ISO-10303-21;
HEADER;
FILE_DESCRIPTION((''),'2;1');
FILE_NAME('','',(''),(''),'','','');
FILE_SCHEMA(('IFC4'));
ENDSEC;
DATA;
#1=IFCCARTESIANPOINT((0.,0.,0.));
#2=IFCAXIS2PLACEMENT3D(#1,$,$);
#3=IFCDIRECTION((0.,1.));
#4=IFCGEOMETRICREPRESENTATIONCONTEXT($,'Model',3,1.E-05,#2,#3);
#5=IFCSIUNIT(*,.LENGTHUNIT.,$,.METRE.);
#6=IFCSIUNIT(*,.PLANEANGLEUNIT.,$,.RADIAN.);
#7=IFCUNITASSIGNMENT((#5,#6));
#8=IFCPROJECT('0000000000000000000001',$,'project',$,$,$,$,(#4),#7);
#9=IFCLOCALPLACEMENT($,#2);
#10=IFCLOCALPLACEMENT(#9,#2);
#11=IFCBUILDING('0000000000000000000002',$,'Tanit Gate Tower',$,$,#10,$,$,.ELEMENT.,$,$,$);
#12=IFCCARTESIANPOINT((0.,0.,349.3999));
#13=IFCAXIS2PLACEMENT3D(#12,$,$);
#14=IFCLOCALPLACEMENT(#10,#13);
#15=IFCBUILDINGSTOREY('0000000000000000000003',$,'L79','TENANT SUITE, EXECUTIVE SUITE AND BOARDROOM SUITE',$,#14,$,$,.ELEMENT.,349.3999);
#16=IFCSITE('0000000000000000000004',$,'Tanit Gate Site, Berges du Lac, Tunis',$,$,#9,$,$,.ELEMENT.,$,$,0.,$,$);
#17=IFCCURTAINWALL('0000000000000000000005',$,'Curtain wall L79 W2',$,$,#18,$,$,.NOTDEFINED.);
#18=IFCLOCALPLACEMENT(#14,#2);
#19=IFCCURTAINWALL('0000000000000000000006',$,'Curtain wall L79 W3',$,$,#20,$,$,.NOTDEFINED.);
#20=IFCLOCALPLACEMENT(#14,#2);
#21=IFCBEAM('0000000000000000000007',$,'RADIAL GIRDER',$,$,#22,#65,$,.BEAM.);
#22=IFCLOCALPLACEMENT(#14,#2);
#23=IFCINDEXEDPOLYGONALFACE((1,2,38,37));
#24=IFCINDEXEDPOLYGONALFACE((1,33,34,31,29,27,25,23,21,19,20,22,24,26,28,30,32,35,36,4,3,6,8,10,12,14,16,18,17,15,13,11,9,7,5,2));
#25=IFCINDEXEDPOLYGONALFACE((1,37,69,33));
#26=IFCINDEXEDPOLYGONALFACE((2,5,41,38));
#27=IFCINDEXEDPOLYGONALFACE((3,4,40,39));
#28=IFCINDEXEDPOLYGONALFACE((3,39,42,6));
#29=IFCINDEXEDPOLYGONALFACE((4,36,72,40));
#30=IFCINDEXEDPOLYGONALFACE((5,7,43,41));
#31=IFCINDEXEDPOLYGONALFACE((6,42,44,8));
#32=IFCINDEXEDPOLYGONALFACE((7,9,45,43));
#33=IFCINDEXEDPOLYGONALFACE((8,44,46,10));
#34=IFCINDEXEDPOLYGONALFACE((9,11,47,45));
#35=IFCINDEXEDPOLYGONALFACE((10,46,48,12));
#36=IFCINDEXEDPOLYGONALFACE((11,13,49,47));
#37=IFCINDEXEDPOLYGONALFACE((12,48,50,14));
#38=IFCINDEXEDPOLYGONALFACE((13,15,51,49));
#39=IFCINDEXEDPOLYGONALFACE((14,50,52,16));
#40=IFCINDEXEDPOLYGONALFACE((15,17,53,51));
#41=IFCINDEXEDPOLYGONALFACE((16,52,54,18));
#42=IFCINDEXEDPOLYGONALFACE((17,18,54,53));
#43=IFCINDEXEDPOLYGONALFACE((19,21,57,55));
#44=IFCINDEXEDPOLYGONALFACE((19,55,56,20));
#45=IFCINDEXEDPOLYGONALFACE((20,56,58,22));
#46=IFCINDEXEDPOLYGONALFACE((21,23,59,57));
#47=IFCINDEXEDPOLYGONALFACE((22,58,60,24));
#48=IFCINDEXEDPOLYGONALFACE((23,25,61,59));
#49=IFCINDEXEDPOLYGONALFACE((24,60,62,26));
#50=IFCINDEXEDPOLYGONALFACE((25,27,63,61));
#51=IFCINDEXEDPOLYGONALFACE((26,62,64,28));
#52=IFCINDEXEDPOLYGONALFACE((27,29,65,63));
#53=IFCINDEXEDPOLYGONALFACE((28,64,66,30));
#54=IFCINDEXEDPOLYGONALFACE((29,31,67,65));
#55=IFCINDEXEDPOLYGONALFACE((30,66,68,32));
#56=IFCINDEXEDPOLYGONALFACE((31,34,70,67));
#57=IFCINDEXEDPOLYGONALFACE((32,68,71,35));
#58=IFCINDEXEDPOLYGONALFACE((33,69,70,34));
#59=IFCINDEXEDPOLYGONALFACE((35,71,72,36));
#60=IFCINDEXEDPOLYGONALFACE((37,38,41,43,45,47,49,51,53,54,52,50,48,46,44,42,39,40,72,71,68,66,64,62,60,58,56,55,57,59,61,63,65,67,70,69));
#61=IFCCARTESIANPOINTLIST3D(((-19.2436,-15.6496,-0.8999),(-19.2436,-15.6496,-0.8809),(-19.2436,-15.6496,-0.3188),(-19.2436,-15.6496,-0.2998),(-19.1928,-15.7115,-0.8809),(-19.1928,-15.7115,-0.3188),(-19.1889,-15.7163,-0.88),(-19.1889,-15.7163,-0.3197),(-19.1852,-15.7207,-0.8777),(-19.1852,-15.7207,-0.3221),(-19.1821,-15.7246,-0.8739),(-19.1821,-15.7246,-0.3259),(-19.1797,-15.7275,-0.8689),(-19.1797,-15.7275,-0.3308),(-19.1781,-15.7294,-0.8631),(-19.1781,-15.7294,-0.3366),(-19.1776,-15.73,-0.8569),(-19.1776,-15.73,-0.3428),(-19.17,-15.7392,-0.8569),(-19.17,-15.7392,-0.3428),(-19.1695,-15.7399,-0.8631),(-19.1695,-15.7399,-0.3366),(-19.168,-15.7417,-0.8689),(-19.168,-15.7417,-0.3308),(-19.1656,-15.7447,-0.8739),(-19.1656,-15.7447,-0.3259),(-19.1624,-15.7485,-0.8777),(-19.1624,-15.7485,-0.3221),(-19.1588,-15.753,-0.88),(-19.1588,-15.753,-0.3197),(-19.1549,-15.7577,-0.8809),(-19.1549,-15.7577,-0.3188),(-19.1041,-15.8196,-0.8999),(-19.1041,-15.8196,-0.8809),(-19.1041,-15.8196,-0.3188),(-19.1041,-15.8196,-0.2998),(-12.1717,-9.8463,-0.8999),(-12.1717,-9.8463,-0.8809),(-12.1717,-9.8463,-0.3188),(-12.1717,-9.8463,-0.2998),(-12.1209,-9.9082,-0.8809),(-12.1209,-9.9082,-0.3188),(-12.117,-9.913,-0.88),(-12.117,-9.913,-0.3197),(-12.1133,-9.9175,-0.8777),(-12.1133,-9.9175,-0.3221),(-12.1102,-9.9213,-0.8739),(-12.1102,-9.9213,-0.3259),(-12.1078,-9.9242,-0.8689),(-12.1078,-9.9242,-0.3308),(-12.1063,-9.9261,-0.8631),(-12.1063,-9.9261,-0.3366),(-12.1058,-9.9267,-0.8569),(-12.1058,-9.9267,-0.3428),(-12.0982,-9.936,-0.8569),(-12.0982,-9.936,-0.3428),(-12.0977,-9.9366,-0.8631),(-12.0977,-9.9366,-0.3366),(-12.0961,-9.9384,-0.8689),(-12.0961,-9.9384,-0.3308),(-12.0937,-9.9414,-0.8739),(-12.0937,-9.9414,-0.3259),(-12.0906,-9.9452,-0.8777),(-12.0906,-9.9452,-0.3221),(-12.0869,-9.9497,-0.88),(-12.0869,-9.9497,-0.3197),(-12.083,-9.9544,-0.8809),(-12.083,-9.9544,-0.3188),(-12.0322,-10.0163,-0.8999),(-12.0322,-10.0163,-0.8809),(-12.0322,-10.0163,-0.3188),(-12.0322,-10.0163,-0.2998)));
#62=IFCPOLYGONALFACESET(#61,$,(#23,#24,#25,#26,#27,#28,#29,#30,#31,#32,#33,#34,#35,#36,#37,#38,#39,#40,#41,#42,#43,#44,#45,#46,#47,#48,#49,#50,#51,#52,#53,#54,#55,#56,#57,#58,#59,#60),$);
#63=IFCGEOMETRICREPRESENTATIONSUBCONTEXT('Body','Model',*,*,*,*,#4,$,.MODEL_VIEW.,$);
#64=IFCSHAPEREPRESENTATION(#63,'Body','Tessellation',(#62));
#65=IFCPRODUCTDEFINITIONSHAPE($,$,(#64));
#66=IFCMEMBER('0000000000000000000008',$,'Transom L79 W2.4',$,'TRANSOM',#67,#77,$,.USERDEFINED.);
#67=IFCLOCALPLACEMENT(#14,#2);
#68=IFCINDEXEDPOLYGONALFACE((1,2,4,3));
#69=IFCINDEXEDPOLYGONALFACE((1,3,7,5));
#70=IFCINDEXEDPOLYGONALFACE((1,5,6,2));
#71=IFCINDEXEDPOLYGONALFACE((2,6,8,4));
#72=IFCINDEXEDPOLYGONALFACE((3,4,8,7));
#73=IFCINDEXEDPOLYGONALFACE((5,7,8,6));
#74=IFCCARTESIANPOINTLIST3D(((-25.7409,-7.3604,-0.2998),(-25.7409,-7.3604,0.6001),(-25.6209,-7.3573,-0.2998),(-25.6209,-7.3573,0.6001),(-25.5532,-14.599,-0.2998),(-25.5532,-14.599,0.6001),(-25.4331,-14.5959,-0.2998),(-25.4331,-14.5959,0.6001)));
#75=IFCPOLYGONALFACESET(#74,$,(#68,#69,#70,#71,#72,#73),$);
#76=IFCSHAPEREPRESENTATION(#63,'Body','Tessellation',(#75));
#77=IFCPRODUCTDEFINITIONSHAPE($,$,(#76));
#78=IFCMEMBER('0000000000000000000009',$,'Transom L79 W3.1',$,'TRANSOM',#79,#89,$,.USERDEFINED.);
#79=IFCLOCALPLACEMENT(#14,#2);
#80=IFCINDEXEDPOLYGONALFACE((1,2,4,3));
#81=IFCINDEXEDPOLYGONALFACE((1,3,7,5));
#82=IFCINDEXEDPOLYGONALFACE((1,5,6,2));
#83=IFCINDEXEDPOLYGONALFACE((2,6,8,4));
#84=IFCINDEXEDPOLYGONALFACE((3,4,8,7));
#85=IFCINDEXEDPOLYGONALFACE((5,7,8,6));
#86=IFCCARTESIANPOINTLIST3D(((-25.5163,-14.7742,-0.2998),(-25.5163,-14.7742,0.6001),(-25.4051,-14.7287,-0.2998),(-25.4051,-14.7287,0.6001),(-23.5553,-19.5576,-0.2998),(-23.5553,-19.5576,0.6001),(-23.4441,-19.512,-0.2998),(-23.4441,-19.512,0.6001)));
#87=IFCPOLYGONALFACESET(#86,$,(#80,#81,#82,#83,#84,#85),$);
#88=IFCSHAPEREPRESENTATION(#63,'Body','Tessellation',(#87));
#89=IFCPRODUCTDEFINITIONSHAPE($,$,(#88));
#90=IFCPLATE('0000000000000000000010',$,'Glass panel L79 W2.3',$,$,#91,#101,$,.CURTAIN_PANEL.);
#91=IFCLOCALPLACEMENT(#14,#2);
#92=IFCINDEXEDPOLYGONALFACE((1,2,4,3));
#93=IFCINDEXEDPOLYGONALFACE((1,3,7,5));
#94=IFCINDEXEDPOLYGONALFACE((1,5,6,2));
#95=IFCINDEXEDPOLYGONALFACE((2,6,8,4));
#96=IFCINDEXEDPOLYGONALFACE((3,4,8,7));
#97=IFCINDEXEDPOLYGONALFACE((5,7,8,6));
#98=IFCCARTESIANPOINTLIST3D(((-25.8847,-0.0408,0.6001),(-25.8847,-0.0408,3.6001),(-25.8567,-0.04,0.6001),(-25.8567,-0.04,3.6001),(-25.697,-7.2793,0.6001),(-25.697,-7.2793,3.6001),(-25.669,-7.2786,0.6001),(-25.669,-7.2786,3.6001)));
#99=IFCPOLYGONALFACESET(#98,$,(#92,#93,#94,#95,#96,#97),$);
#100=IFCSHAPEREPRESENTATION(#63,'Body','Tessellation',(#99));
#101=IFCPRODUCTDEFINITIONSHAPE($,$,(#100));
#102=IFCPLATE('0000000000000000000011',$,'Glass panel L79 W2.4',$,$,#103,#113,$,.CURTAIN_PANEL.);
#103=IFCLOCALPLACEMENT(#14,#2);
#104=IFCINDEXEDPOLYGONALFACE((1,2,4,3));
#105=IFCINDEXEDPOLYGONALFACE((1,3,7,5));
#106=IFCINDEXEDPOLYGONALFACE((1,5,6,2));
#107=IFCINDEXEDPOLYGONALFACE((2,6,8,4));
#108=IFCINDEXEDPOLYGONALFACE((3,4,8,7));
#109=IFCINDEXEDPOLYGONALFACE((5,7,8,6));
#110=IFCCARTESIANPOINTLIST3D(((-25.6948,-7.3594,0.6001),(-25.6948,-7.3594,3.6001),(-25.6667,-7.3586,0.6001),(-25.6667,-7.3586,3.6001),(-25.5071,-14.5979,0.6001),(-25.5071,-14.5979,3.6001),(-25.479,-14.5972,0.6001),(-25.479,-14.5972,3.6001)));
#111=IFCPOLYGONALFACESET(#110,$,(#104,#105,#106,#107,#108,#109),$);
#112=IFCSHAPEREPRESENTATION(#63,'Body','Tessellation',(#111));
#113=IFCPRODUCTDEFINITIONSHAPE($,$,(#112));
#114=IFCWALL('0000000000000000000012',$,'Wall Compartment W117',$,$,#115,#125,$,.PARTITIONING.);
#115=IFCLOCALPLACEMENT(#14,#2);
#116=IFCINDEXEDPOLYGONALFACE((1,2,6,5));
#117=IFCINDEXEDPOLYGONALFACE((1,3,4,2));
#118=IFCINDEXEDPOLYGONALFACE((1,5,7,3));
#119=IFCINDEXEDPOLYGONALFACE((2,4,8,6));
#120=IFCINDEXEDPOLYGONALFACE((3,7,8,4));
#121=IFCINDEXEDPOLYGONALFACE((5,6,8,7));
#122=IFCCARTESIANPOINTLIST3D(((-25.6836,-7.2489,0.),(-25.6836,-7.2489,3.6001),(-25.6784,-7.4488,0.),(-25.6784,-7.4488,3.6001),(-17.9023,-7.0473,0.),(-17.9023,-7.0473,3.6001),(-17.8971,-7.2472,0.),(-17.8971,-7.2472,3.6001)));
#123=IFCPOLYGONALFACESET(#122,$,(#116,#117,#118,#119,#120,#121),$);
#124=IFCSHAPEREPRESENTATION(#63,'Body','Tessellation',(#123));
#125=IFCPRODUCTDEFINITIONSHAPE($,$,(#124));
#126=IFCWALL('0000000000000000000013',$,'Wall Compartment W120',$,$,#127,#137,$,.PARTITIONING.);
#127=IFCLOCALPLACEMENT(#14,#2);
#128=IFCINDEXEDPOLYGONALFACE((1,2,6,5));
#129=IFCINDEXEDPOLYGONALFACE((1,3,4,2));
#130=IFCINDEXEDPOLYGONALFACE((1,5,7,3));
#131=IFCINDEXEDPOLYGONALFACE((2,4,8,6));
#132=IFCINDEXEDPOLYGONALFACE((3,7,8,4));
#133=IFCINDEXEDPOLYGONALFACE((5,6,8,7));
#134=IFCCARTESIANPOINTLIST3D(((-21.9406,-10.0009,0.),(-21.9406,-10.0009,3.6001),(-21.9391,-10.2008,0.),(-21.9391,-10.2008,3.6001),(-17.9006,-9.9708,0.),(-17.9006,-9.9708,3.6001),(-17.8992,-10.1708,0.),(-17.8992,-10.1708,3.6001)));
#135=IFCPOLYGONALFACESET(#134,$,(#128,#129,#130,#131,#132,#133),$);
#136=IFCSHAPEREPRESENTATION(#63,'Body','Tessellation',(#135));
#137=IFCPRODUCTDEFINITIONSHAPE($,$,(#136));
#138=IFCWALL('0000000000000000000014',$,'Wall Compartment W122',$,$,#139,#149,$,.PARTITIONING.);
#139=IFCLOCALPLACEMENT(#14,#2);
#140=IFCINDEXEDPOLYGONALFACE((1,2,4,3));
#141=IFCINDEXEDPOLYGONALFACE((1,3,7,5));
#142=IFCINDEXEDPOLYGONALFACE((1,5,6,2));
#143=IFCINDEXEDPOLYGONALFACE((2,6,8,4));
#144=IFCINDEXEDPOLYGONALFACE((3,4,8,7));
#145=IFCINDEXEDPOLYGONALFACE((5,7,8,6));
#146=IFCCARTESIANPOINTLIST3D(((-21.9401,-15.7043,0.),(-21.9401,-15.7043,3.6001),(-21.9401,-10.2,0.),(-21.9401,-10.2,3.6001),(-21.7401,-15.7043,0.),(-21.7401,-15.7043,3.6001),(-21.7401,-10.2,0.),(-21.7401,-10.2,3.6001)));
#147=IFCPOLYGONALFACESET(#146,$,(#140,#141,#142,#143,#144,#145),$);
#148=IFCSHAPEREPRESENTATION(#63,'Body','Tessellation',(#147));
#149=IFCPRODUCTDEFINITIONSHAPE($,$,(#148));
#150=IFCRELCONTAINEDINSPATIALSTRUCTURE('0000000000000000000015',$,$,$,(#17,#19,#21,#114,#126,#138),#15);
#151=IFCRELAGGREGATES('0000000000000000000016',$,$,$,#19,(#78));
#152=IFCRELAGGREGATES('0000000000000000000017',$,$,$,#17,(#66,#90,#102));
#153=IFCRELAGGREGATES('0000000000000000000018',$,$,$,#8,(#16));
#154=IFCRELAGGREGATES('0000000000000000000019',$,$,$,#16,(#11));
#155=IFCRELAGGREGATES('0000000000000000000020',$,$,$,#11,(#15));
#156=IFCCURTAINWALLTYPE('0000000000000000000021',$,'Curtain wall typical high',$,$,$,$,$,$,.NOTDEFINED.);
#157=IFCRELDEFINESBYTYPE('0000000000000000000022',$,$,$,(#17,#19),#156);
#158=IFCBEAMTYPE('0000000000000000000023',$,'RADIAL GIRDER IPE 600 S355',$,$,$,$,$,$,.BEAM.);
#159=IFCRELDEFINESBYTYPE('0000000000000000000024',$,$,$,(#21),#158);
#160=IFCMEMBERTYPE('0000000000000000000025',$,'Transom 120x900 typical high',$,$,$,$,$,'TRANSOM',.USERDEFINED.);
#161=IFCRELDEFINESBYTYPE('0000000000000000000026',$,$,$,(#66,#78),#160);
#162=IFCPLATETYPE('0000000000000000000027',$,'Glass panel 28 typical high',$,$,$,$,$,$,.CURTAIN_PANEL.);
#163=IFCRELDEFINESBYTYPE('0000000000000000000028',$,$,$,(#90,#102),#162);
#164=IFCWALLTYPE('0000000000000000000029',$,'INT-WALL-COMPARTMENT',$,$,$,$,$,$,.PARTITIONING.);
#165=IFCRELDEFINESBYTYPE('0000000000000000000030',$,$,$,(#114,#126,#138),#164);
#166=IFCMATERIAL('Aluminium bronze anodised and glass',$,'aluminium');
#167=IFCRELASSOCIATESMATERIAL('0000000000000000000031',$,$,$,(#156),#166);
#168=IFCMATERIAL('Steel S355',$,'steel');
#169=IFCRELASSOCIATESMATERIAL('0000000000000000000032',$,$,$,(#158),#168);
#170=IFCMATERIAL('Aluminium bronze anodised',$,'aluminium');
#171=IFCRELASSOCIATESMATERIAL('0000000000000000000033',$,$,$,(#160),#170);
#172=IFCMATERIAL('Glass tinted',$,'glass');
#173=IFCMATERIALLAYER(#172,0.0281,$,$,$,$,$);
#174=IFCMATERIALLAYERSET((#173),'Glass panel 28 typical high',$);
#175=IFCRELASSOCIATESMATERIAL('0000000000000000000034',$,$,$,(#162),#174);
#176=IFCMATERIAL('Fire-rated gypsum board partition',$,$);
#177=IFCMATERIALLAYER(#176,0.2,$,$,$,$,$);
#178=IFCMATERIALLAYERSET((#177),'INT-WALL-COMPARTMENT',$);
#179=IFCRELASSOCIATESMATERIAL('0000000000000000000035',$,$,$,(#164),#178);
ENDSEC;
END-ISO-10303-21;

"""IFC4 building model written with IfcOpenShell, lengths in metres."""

from ifc_helpers import new_model, si_unit, direction, frame, frame_2d, origin, origin_2d, place, context, subcontext, project, spatial, rectangle, i_section, extrude, material, layer, layer_set, material_profile, profile_set, type_object, element, aggregate, save


model = new_model("IFC4")

# Units and contexts
model_context = context("Model", 3, precision=1e-05, world=origin(), true_north=direction((0.0, 1.0)))
body_context = subcontext(model_context, "Body", "Model", "MODEL_VIEW")
ifc_project = project(units=[si_unit("LENGTHUNIT", "METRE"), si_unit("PLANEANGLEUNIT", "RADIAN")], contexts=[model_context])

# Site, building, storey
site_placement = place(None, origin())
site = spatial("IfcSite", under=ifc_project, at=site_placement, Name="Tanit Gate Site, Berges du Lac, Tunis", CompositionType="ELEMENT", RefElevation=0.0)
building_placement = place(site_placement, origin())
building = spatial("IfcBuilding", under=site, at=building_placement, Name="Tanit Gate Tower", CompositionType="ELEMENT")
storey_placement = place(building_placement, frame((0.0, 0.0, 349.3999)))
storey = spatial("IfcBuildingStorey", under=building, at=storey_placement, Name="L79", Description="TENANT SUITE, EXECUTIVE SUITE AND BOARDROOM SUITE", CompositionType="ELEMENT", Elevation=349.3999)

# Curtain wall
ifc_material_1 = material(Name="Aluminium bronze anodised and glass", Category="aluminium")
curtain_wall_type = type_object("IfcCurtainWallType", Name="Curtain wall typical high", PredefinedType="NOTDEFINED", material=ifc_material_1)
curtain_wall_1_placement = place(storey_placement, origin())
curtain_wall_1 = element("IfcCurtainWall", 1, at=curtain_wall_1_placement, inside=storey, type_object=curtain_wall_type, Name="Curtain wall L79 W2", PredefinedType="NOTDEFINED")

# Curtain wall
curtain_wall_2_placement = place(storey_placement, origin())
curtain_wall_2 = element("IfcCurtainWall", 2, at=curtain_wall_2_placement, inside=storey, type_object=curtain_wall_type, Name="Curtain wall L79 W3", PredefinedType="NOTDEFINED")

# Beam
ifc_material_2 = material(Name="Steel S355", Category="steel")
ifc_material_profile_1 = material_profile(ifc_material_2, i_section(OverallWidth=0.22, OverallDepth=0.6001, WebThickness=0.012, FlangeThickness=0.019, FilletRadius=0.0239, at=origin_2d()), Name="IPE 600")
ifc_profile_set_1 = profile_set([ifc_material_profile_1], Name="Steel S355")
beam_type_1 = type_object("IfcBeamType", Name="RADIAL GIRDER IPE 600 S355", PredefinedType="BEAM", material=ifc_profile_set_1)
beam_1_placement = place(storey_placement, frame((-19.1738, -15.7346, -0.5999), z_axis=(0.773034, 0.634365, 0.0), x_axis=(-0.634365, 0.773034, 0.0)))
element("IfcBeam", 3, at=beam_1_placement, inside=storey, type_object=beam_type_1, Name="RADIAL GIRDER", PredefinedType="BEAM", context=body_context, shape_type="SweptSolid", body=[
    extrude(i_section(OverallWidth=0.22, OverallDepth=0.6001, WebThickness=0.012, FlangeThickness=0.019, FilletRadius=0.0239, at=origin_2d()), origin(), (0.0, 0.0, 1.0), 9.1482),
])

# Members
ifc_material_3 = material(Name="Aluminium bronze anodised", Category="aluminium")
ifc_material_profile_2 = material_profile(ifc_material_3, rectangle(XDim=0.1201, YDim=0.8999, at=origin_2d()), Name="120x900 bronze transom")
ifc_profile_set_2 = profile_set([ifc_material_profile_2], Name="Aluminium bronze anodised")
member_type_1 = type_object("IfcMemberType", Name="Transom 120x900 typical high", ElementType="TRANSOM", PredefinedType="USERDEFINED", material=ifc_profile_set_2)
member_1_placement = place(storey_placement, frame((-25.6809, -7.3589, 0.1501), z_axis=(0.025928, -0.999664, 0.0), x_axis=(0.999664, 0.025928, 0.0)))
member_1 = element("IfcMember", 4, at=member_1_placement, type_object=member_type_1, Name="Transom L79 W2.4", ObjectType="TRANSOM", PredefinedType="USERDEFINED", context=body_context, shape_type="SweptSolid", body=[
    extrude(rectangle(XDim=0.1201, YDim=0.8999, at=origin_2d()), origin(), (0.0, 0.0, 1.0), 7.241),
])
member_2_placement = place(storey_placement, frame((-25.4607, -14.7515, 0.1501), z_axis=(0.379324, -0.925264, 0.0), x_axis=(0.925264, 0.379324, 0.0)))
member_2 = element("IfcMember", 5, at=member_2_placement, type_object=member_type_1, Name="Transom L79 W3.1", ObjectType="TRANSOM", PredefinedType="USERDEFINED", context=body_context, shape_type="SweptSolid", body=[
    extrude(rectangle(XDim=0.1201, YDim=0.8999, at=origin_2d()), origin(), (0.0, 0.0, 1.0), 5.1697),
])
aggregate(curtain_wall_2, [member_2])

# Plates
ifc_material_4 = material(Name="Glass tinted", Category="glass")
ifc_layer_1 = layer(ifc_material_4, 0.0281)
ifc_layer_set_1 = layer_set([ifc_layer_1], Name="Glass panel 28 typical high")
plate_type = type_object("IfcPlateType", Name="Glass panel 28 typical high", PredefinedType="CURTAIN_PANEL", material=ifc_layer_set_1)
plate_1_placement = place(storey_placement, frame((-25.7769, -3.6597, 0.6001), z_axis=(0.0, 0.0, 1.0), x_axis=(0.025924, -0.999664, 0.0)))
plate_1 = element("IfcPlate", 6, at=plate_1_placement, type_object=plate_type, Name="Glass panel L79 W2.3", PredefinedType="CURTAIN_PANEL", context=body_context, shape_type="SweptSolid", body=[
    extrude(rectangle(XDim=7.241, YDim=0.0281, at=origin_2d()), origin(), (0.0, 0.0, 1.0), 3.0),
])
plate_2_placement = place(storey_placement, frame((-25.5869, -10.9783, 0.6001), z_axis=(0.0, 0.0, 1.0), x_axis=(0.025924, -0.999664, 0.0)))
plate_2 = element("IfcPlate", 7, at=plate_2_placement, type_object=plate_type, Name="Glass panel L79 W2.4", PredefinedType="CURTAIN_PANEL", context=body_context, shape_type="SweptSolid", body=[
    extrude(rectangle(XDim=7.241, YDim=0.0281, at=origin_2d()), origin(), (0.0, 0.0, 1.0), 3.0),
])
aggregate(curtain_wall_1, [member_1, plate_1, plate_2])

# Walls
ifc_material_5 = material(Name="Fire-rated gypsum board partition")
ifc_layer_2 = layer(ifc_material_5, 0.2)
ifc_layer_set_2 = layer_set([ifc_layer_2], Name="INT-WALL-COMPARTMENT")
wall_type_1 = type_object("IfcWallType", Name="INT-WALL-COMPARTMENT", PredefinedType="PARTITIONING", material=ifc_layer_set_2)
wall_1_placement = place(storey_placement, frame((-25.6812, -7.3489, 0.0), z_axis=(0.0, 0.0, 1.0), x_axis=(0.999664, 0.025907, 0.0)))
element("IfcWall", 8, at=wall_1_placement, inside=storey, type_object=wall_type_1, Name="Wall Compartment W117", PredefinedType="PARTITIONING", context=body_context, shape_type="SweptSolid", body=[
    extrude(rectangle(XDim=7.7839, YDim=0.2, at=frame_2d((3.8921, 0.0))), origin(), (0.0, 0.0, 1.0), 3.6001),
])
wall_2_placement = place(storey_placement, frame((-17.8999, -10.0708, 0.0), z_axis=(0.0, 0.0, 1.0), x_axis=(-0.999972, -0.007433, 0.0)))
element("IfcWall", 9, at=wall_2_placement, inside=storey, type_object=wall_type_1, Name="Wall Compartment W120", PredefinedType="PARTITIONING", context=body_context, shape_type="SweptSolid", body=[
    extrude(rectangle(XDim=4.04, YDim=0.2, at=frame_2d((2.02, 0.0))), origin(), (0.0, 0.0, 1.0), 3.6001),
])
wall_3_placement = place(storey_placement, frame((-21.8401, -15.7043, 0.0), z_axis=(0.0, 0.0, 1.0), x_axis=(0.0, 1.0, 0.0)))
element("IfcWall", 10, at=wall_3_placement, inside=storey, type_object=wall_type_1, Name="Wall Compartment W122", PredefinedType="PARTITIONING", context=body_context, shape_type="SweptSolid", body=[
    extrude(rectangle(XDim=5.5044, YDim=0.2, at=frame_2d((2.7522, 0.0))), origin(), (0.0, 0.0, 1.0), 3.6001),
])

save(model, "model.ifc")
